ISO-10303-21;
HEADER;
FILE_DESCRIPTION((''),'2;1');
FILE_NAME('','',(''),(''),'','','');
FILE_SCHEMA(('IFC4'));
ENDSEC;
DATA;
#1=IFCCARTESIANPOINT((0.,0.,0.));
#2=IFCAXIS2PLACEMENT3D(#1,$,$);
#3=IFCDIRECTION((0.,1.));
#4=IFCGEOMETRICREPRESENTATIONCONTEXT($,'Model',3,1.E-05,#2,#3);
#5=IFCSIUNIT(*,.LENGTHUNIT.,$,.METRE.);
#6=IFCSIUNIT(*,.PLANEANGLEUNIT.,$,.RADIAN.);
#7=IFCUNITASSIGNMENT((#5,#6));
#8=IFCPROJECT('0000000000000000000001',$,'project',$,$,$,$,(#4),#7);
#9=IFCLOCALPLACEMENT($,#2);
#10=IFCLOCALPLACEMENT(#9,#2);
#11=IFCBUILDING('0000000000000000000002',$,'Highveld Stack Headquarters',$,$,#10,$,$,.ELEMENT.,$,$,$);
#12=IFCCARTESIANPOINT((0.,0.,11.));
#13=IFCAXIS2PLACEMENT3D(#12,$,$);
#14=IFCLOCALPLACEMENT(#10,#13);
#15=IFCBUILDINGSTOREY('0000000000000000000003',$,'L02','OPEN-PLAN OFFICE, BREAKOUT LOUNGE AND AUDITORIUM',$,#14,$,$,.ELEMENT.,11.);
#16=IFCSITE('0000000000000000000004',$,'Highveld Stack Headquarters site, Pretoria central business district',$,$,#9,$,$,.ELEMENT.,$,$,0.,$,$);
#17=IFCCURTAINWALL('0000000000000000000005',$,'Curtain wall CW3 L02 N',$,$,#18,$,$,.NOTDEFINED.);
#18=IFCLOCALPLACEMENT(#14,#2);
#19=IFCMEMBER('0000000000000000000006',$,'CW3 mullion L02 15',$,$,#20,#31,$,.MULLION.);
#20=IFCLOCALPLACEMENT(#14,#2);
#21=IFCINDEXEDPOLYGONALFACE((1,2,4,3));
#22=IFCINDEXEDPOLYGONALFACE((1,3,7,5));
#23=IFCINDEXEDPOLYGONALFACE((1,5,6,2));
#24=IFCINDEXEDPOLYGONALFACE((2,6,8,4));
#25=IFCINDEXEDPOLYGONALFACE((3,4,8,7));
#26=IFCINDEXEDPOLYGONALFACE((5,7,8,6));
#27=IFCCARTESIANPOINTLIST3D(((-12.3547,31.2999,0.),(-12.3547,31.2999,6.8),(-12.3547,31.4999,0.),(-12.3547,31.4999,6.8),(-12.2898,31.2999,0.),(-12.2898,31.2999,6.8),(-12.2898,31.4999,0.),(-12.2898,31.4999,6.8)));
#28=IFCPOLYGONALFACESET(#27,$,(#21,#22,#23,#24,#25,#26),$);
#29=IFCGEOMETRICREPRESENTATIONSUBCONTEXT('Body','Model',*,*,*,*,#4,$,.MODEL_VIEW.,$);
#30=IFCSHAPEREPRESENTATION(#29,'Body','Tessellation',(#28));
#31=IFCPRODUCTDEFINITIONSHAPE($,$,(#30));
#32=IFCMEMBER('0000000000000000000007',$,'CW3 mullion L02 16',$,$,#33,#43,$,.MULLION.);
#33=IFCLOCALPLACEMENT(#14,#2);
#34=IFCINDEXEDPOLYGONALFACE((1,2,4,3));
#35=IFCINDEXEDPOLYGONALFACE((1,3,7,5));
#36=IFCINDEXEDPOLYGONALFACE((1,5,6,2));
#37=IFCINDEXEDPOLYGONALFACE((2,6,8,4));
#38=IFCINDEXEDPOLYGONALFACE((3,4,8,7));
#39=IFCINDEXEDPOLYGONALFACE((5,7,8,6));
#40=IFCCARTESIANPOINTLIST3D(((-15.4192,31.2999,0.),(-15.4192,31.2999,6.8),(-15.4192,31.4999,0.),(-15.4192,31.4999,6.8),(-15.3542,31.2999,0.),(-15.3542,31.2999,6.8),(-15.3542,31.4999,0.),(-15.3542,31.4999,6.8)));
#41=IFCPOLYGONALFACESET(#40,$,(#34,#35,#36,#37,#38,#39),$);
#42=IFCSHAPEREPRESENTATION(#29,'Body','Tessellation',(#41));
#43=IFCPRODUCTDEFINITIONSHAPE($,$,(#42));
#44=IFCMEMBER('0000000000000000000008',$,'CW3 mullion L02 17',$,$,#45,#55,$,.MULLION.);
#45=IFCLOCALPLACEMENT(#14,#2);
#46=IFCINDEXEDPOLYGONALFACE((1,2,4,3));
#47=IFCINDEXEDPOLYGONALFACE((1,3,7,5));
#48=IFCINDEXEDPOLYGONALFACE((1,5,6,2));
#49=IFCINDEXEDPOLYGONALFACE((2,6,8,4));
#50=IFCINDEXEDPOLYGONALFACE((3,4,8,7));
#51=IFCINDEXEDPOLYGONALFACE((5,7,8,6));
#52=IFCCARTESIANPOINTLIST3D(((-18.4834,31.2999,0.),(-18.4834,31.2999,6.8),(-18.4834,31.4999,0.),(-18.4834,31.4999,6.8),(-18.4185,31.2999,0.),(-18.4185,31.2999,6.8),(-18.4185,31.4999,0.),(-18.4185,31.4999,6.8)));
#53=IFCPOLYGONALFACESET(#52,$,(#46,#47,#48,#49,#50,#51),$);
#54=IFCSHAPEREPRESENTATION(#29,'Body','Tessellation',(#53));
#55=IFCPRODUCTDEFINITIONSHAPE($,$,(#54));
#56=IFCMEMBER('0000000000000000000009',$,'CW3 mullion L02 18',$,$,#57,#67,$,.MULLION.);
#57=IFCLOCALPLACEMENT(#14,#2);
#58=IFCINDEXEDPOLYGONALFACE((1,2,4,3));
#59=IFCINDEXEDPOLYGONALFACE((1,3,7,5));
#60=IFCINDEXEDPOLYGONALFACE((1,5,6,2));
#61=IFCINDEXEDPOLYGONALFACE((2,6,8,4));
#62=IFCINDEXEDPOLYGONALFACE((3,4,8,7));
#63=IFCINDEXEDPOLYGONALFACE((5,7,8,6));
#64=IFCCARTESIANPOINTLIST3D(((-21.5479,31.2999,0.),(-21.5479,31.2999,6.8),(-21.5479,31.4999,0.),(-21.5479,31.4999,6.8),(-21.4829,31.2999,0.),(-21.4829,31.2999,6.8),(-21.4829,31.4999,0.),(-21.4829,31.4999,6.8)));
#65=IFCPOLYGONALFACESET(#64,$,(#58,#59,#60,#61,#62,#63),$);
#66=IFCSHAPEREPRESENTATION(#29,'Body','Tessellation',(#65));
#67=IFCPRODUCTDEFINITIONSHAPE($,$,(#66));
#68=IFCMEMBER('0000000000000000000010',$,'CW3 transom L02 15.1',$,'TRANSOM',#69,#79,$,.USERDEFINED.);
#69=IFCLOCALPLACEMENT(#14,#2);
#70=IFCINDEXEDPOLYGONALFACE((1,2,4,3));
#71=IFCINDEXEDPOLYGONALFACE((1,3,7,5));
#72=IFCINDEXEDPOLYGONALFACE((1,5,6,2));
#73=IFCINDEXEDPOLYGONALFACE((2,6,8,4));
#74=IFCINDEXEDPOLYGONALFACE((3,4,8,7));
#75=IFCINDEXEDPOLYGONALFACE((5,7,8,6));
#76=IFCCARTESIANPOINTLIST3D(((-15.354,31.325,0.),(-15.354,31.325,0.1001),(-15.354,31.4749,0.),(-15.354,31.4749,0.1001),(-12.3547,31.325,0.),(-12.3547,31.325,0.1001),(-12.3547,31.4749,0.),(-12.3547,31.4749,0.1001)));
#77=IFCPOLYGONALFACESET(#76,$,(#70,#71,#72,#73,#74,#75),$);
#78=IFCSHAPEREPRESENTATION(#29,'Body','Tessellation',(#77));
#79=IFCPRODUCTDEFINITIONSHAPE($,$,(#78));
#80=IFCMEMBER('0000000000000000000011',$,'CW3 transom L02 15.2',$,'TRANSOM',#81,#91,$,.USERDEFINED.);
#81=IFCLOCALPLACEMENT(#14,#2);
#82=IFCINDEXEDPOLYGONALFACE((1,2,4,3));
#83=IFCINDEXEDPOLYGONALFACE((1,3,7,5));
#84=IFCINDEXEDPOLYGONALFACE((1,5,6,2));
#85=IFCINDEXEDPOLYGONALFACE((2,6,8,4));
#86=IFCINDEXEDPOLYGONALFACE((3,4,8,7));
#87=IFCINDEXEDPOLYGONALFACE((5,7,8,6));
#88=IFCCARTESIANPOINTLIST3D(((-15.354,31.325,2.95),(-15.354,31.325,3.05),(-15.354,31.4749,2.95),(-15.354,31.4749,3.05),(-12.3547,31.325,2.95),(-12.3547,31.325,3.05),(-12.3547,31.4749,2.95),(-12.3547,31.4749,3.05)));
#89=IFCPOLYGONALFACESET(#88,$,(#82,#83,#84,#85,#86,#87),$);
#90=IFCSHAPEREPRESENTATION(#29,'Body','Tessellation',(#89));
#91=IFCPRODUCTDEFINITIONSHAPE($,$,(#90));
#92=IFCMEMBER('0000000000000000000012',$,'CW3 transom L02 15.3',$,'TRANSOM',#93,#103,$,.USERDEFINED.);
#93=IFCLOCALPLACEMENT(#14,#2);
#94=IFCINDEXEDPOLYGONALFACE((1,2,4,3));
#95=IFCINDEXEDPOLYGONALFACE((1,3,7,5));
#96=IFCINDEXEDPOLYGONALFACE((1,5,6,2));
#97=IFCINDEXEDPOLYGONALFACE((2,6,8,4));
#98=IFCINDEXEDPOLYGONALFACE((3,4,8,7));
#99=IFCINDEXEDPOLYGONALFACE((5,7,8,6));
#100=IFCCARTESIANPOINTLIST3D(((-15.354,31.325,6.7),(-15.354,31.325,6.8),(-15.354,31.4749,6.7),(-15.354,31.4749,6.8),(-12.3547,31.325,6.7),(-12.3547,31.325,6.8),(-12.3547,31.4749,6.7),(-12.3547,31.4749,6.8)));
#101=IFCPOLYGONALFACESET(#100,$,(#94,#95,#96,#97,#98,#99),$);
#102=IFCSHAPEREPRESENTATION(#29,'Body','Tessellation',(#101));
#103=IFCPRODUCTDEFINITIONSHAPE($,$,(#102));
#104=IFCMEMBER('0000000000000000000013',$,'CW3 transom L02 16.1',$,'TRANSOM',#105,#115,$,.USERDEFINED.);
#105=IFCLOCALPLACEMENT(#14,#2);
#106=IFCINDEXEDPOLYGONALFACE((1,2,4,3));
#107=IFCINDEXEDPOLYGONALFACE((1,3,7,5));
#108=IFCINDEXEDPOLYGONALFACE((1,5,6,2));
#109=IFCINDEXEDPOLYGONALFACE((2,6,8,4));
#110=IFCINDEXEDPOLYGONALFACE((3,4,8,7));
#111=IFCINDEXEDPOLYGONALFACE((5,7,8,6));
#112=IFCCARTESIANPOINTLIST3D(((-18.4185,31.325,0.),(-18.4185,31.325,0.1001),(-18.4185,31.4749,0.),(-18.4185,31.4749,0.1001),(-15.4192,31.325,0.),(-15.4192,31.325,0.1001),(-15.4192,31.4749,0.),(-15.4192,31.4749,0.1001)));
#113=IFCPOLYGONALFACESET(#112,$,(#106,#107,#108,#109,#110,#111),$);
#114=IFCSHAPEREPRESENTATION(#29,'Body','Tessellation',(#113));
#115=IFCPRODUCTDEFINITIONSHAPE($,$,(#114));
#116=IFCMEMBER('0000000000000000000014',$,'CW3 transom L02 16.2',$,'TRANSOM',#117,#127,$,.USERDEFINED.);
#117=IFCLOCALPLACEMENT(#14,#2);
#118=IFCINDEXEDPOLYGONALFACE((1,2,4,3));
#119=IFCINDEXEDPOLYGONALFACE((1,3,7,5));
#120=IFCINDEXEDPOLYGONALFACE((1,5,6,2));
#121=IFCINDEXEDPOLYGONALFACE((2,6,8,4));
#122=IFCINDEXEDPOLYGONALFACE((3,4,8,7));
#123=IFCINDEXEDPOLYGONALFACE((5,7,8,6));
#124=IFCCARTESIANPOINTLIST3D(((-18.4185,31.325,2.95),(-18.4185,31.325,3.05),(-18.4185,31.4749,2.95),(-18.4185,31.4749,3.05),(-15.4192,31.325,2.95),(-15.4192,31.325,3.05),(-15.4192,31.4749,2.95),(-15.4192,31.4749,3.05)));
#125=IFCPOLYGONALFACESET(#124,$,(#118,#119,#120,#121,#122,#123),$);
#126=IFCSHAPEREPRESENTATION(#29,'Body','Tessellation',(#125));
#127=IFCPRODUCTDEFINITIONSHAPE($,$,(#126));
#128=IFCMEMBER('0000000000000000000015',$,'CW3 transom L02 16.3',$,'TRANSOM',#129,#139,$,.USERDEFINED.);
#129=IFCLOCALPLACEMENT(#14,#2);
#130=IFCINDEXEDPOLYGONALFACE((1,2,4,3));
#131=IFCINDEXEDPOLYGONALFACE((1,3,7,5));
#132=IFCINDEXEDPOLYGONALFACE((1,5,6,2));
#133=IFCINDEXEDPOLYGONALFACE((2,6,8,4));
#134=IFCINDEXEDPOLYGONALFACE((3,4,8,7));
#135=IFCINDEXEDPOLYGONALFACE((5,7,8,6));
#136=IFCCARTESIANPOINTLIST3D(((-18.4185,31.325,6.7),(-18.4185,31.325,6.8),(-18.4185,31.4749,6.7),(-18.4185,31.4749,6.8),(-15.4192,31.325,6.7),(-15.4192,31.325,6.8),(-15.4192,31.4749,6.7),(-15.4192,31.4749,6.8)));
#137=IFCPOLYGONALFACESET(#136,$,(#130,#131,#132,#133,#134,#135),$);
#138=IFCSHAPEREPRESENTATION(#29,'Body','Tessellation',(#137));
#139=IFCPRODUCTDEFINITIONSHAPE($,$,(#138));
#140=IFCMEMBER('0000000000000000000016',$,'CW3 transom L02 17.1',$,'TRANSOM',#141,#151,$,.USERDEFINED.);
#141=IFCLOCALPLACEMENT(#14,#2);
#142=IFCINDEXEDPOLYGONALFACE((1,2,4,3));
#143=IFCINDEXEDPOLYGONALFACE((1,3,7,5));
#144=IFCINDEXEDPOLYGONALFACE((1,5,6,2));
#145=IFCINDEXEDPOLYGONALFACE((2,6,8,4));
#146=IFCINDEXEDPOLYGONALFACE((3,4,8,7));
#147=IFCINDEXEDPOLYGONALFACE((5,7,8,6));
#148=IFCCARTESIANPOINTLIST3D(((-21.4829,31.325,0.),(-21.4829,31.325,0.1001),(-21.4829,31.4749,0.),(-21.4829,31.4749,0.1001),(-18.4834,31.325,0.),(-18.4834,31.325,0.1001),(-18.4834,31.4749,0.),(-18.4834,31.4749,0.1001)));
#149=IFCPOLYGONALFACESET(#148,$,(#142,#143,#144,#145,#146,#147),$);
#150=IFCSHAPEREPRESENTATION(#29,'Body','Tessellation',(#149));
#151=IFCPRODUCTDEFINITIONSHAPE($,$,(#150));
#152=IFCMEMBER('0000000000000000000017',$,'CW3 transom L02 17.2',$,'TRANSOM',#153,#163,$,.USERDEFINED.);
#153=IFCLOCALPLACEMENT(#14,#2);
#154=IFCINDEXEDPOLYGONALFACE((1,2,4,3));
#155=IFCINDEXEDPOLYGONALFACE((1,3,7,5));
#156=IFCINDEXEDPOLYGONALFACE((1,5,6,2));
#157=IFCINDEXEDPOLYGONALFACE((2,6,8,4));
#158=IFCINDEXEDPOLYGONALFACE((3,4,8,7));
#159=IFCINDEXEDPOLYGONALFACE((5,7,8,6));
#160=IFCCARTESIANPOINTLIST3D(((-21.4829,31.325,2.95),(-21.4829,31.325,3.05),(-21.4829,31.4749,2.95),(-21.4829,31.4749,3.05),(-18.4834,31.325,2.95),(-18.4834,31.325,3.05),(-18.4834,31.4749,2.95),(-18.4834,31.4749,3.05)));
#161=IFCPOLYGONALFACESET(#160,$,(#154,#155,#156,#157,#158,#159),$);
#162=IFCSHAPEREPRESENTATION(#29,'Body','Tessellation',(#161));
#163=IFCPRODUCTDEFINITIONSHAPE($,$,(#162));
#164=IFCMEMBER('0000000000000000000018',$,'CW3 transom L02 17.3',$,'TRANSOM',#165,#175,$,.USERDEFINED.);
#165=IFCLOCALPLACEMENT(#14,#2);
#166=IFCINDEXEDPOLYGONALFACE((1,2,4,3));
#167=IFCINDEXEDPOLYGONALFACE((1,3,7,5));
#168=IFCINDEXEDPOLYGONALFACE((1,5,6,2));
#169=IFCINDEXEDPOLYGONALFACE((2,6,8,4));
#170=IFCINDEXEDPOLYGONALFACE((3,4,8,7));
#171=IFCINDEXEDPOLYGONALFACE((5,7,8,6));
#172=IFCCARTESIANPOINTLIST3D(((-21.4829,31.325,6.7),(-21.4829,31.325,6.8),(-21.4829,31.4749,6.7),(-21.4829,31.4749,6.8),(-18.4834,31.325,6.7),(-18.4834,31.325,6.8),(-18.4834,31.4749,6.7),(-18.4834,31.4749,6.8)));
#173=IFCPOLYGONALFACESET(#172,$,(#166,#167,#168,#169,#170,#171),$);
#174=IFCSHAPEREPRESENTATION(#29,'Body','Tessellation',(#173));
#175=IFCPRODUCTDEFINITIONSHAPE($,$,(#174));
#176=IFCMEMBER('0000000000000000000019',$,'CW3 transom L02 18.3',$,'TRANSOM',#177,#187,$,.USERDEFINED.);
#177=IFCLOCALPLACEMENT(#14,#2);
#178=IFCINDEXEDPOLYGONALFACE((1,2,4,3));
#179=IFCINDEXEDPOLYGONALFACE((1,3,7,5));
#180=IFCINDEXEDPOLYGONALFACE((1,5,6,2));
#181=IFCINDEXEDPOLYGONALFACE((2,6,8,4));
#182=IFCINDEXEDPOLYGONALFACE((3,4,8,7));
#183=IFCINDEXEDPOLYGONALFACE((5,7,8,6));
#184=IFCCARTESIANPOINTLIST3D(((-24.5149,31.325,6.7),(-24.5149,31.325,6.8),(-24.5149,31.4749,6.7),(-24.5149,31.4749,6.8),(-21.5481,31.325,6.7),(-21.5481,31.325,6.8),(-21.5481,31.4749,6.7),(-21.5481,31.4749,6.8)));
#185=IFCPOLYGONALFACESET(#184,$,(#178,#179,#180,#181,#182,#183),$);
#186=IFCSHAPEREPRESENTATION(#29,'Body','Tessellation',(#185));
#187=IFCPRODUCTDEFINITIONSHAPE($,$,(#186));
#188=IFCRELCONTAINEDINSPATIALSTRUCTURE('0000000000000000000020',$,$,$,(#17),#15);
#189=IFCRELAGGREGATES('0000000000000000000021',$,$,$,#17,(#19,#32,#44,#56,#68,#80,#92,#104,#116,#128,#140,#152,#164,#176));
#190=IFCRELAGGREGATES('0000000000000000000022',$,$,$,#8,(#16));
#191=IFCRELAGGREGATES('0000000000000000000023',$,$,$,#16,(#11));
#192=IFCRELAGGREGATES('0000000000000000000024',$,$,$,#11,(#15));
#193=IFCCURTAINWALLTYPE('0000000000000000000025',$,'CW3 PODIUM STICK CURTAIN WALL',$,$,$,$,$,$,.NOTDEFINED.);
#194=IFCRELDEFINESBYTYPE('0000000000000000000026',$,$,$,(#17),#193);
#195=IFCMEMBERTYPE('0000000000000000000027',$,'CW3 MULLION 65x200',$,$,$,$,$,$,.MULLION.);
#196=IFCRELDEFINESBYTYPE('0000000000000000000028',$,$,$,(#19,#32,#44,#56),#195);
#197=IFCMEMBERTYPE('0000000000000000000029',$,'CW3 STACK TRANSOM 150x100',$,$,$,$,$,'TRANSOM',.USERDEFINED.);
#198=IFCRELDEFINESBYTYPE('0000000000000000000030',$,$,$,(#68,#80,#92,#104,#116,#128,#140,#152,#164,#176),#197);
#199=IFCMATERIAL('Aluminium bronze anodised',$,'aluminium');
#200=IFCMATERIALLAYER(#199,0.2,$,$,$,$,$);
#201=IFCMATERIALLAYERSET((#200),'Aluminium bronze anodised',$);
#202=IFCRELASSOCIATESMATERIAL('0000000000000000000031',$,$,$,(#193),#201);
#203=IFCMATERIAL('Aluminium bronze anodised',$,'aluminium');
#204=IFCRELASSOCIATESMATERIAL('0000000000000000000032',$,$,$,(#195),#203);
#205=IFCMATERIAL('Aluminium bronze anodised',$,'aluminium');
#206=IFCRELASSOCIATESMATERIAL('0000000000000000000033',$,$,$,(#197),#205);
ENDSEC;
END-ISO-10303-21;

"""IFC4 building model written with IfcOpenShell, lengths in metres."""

from ifc_helpers import new_model, si_unit, direction, frame, origin, origin_2d, place, context, subcontext, project, spatial, rectangle, extrude, material, layer, layer_set, material_profile, profile_set, type_object, element, aggregate, save


model = new_model("IFC4")

# Units and contexts
model_context = context("Model", 3, precision=1e-05, world=origin(), true_north=direction((0.0, 1.0)))
body_context = subcontext(model_context, "Body", "Model", "MODEL_VIEW")
ifc_project = project(units=[si_unit("LENGTHUNIT", "METRE"), si_unit("PLANEANGLEUNIT", "RADIAN")], contexts=[model_context])

# Site, building, storey
site_placement = place(None, origin())
site = spatial("IfcSite", under=ifc_project, at=site_placement, Name="Highveld Stack Headquarters site, Pretoria central business district", CompositionType="ELEMENT", RefElevation=0.0)
building_placement = place(site_placement, origin())
building = spatial("IfcBuilding", under=site, at=building_placement, Name="Highveld Stack Headquarters", CompositionType="ELEMENT")
storey_placement = place(building_placement, frame((0.0, 0.0, 11.0)))
storey = spatial("IfcBuildingStorey", under=building, at=storey_placement, Name="L02", Description="OPEN-PLAN OFFICE, BREAKOUT LOUNGE AND AUDITORIUM", CompositionType="ELEMENT", Elevation=11.0)

# Curtain wall, members
ifc_material_1 = material(Name="Aluminium bronze anodised", Category="aluminium")
ifc_layer_1 = layer(ifc_material_1, 0.2)
ifc_layer_set_1 = layer_set([ifc_layer_1], Name="Aluminium bronze anodised")
curtain_wall_type = type_object("IfcCurtainWallType", Name="CW3 PODIUM STICK CURTAIN WALL", PredefinedType="NOTDEFINED", material=ifc_layer_set_1)
curtain_wall_placement = place(storey_placement, origin())
curtain_wall = element("IfcCurtainWall", 1, at=curtain_wall_placement, inside=storey, type_object=curtain_wall_type, Name="Curtain wall CW3 L02 N", PredefinedType="NOTDEFINED")
ifc_material_2 = material(Name="Aluminium bronze anodised", Category="aluminium")
ifc_material_profile_1 = material_profile(ifc_material_2, rectangle(XDim=0.2, YDim=0.0649, at=origin_2d()), Name="CW3 MULLION 65x200")
ifc_profile_set_1 = profile_set([ifc_material_profile_1], Name="Aluminium bronze anodised")
member_type_1 = type_object("IfcMemberType", Name="CW3 MULLION 65x200", PredefinedType="MULLION", material=ifc_profile_set_1)
member_1_placement = place(storey_placement, frame((-12.3223, 31.3999, 0.0), z_axis=(0.0, 0.0, 1.0), x_axis=(0.0, -1.0, 0.0)))
member_1 = element("IfcMember", 2, at=member_1_placement, type_object=member_type_1, Name="CW3 mullion L02 15", PredefinedType="MULLION", context=body_context, shape_type="SweptSolid", body=[
    extrude(rectangle(XDim=0.2, YDim=0.0649, at=origin_2d()), origin(), (0.0, 0.0, 1.0), 6.8),
])
member_2_placement = place(storey_placement, frame((-15.3867, 31.3999, 0.0), z_axis=(0.0, 0.0, 1.0), x_axis=(0.0, -1.0, 0.0)))
member_2 = element("IfcMember", 3, at=member_2_placement, type_object=member_type_1, Name="CW3 mullion L02 16", PredefinedType="MULLION", context=body_context, shape_type="SweptSolid", body=[
    extrude(rectangle(XDim=0.2, YDim=0.0649, at=origin_2d()), origin(), (0.0, 0.0, 1.0), 6.8),
])
member_3_placement = place(storey_placement, frame((-18.4509, 31.3999, 0.0), z_axis=(0.0, 0.0, 1.0), x_axis=(0.0, -1.0, 0.0)))
member_3 = element("IfcMember", 4, at=member_3_placement, type_object=member_type_1, Name="CW3 mullion L02 17", PredefinedType="MULLION", context=body_context, shape_type="SweptSolid", body=[
    extrude(rectangle(XDim=0.2, YDim=0.0649, at=origin_2d()), origin(), (0.0, 0.0, 1.0), 6.8),
])
member_4_placement = place(storey_placement, frame((-21.5154, 31.3999, 0.0), z_axis=(0.0, 0.0, 1.0), x_axis=(0.0, -1.0, 0.0)))
member_4 = element("IfcMember", 5, at=member_4_placement, type_object=member_type_1, Name="CW3 mullion L02 18", PredefinedType="MULLION", context=body_context, shape_type="SweptSolid", body=[
    extrude(rectangle(XDim=0.2, YDim=0.0649, at=origin_2d()), origin(), (0.0, 0.0, 1.0), 6.8),
])
ifc_material_3 = material(Name="Aluminium bronze anodised", Category="aluminium")
ifc_material_profile_2 = material_profile(ifc_material_3, rectangle(XDim=0.1499, YDim=0.1001, at=origin_2d()), Name="CW3 TRANSOM 150x100")
ifc_profile_set_2 = profile_set([ifc_material_profile_2], Name="Aluminium bronze anodised")
member_type_2 = type_object("IfcMemberType", Name="CW3 STACK TRANSOM 150x100", ElementType="TRANSOM", PredefinedType="USERDEFINED", material=ifc_profile_set_2)
member_5_placement = place(storey_placement, frame((-12.3547, 31.3999, 0.05), z_axis=(-1.0, 0.0, 0.0), x_axis=(0.0, -1.0, 0.0)))
member_5 = element("IfcMember", 6, at=member_5_placement, type_object=member_type_2, Name="CW3 transom L02 15.1", ObjectType="TRANSOM", PredefinedType="USERDEFINED", context=body_context, shape_type="SweptSolid", body=[
    extrude(rectangle(XDim=0.1499, YDim=0.1001, at=origin_2d()), origin(), (0.0, 0.0, 1.0), 2.9993),
])
member_6_placement = place(storey_placement, frame((-12.3547, 31.3999, 3.0), z_axis=(-1.0, 0.0, 0.0), x_axis=(0.0, -1.0, 0.0)))
member_6 = element("IfcMember", 7, at=member_6_placement, type_object=member_type_2, Name="CW3 transom L02 15.2", ObjectType="TRANSOM", PredefinedType="USERDEFINED", context=body_context, shape_type="SweptSolid", body=[
    extrude(rectangle(XDim=0.1499, YDim=0.1001, at=origin_2d()), origin(), (0.0, 0.0, 1.0), 2.9993),
])
member_7_placement = place(storey_placement, frame((-12.3547, 31.3999, 6.75), z_axis=(-1.0, 0.0, 0.0), x_axis=(0.0, -1.0, 0.0)))
member_7 = element("IfcMember", 8, at=member_7_placement, type_object=member_type_2, Name="CW3 transom L02 15.3", ObjectType="TRANSOM", PredefinedType="USERDEFINED", context=body_context, shape_type="SweptSolid", body=[
    extrude(rectangle(XDim=0.1499, YDim=0.1001, at=origin_2d()), origin(), (0.0, 0.0, 1.0), 2.9993),
])
member_8_placement = place(storey_placement, frame((-15.4192, 31.3999, 0.05), z_axis=(-1.0, 0.0, 0.0), x_axis=(0.0, -1.0, 0.0)))
member_8 = element("IfcMember", 9, at=member_8_placement, type_object=member_type_2, Name="CW3 transom L02 16.1", ObjectType="TRANSOM", PredefinedType="USERDEFINED", context=body_context, shape_type="SweptSolid", body=[
    extrude(rectangle(XDim=0.1499, YDim=0.1001, at=origin_2d()), origin(), (0.0, 0.0, 1.0), 2.9993),
])
member_9_placement = place(storey_placement, frame((-15.4192, 31.3999, 3.0), z_axis=(-1.0, 0.0, 0.0), x_axis=(0.0, -1.0, 0.0)))
member_9 = element("IfcMember", 10, at=member_9_placement, type_object=member_type_2, Name="CW3 transom L02 16.2", ObjectType="TRANSOM", PredefinedType="USERDEFINED", context=body_context, shape_type="SweptSolid", body=[
    extrude(rectangle(XDim=0.1499, YDim=0.1001, at=origin_2d()), origin(), (0.0, 0.0, 1.0), 2.9993),
])
member_10_placement = place(storey_placement, frame((-15.4192, 31.3999, 6.75), z_axis=(-1.0, 0.0, 0.0), x_axis=(0.0, -1.0, 0.0)))
member_10 = element("IfcMember", 11, at=member_10_placement, type_object=member_type_2, Name="CW3 transom L02 16.3", ObjectType="TRANSOM", PredefinedType="USERDEFINED", context=body_context, shape_type="SweptSolid", body=[
    extrude(rectangle(XDim=0.1499, YDim=0.1001, at=origin_2d()), origin(), (0.0, 0.0, 1.0), 2.9993),
])
member_11_placement = place(storey_placement, frame((-18.4834, 31.3999, 0.05), z_axis=(-1.0, 0.0, 0.0), x_axis=(0.0, -1.0, 0.0)))
member_11 = element("IfcMember", 12, at=member_11_placement, type_object=member_type_2, Name="CW3 transom L02 17.1", ObjectType="TRANSOM", PredefinedType="USERDEFINED", context=body_context, shape_type="SweptSolid", body=[
    extrude(rectangle(XDim=0.1499, YDim=0.1001, at=origin_2d()), origin(), (0.0, 0.0, 1.0), 2.9995),
])
member_12_placement = place(storey_placement, frame((-18.4834, 31.3999, 3.0), z_axis=(-1.0, 0.0, 0.0), x_axis=(0.0, -1.0, 0.0)))
member_12 = element("IfcMember", 13, at=member_12_placement, type_object=member_type_2, Name="CW3 transom L02 17.2", ObjectType="TRANSOM", PredefinedType="USERDEFINED", context=body_context, shape_type="SweptSolid", body=[
    extrude(rectangle(XDim=0.1499, YDim=0.1001, at=origin_2d()), origin(), (0.0, 0.0, 1.0), 2.9995),
])
member_13_placement = place(storey_placement, frame((-18.4834, 31.3999, 6.75), z_axis=(-1.0, 0.0, 0.0), x_axis=(0.0, -1.0, 0.0)))
member_13 = element("IfcMember", 14, at=member_13_placement, type_object=member_type_2, Name="CW3 transom L02 17.3", ObjectType="TRANSOM", PredefinedType="USERDEFINED", context=body_context, shape_type="SweptSolid", body=[
    extrude(rectangle(XDim=0.1499, YDim=0.1001, at=origin_2d()), origin(), (0.0, 0.0, 1.0), 2.9995),
])
member_14_placement = place(storey_placement, frame((-21.5481, 31.3999, 6.75), z_axis=(-1.0, 0.0, 0.0), x_axis=(0.0, -1.0, 0.0)))
member_14 = element("IfcMember", 15, at=member_14_placement, type_object=member_type_2, Name="CW3 transom L02 18.3", ObjectType="TRANSOM", PredefinedType="USERDEFINED", context=body_context, shape_type="SweptSolid", body=[
    extrude(rectangle(XDim=0.1499, YDim=0.1001, at=origin_2d()), origin(), (0.0, 0.0, 1.0), 2.9668),
])
aggregate(curtain_wall, [member_1, member_2, member_3, member_4, member_5, member_6, member_7, member_8, member_9, member_10, member_11, member_12, member_13, member_14])

save(model, "model.ifc")
